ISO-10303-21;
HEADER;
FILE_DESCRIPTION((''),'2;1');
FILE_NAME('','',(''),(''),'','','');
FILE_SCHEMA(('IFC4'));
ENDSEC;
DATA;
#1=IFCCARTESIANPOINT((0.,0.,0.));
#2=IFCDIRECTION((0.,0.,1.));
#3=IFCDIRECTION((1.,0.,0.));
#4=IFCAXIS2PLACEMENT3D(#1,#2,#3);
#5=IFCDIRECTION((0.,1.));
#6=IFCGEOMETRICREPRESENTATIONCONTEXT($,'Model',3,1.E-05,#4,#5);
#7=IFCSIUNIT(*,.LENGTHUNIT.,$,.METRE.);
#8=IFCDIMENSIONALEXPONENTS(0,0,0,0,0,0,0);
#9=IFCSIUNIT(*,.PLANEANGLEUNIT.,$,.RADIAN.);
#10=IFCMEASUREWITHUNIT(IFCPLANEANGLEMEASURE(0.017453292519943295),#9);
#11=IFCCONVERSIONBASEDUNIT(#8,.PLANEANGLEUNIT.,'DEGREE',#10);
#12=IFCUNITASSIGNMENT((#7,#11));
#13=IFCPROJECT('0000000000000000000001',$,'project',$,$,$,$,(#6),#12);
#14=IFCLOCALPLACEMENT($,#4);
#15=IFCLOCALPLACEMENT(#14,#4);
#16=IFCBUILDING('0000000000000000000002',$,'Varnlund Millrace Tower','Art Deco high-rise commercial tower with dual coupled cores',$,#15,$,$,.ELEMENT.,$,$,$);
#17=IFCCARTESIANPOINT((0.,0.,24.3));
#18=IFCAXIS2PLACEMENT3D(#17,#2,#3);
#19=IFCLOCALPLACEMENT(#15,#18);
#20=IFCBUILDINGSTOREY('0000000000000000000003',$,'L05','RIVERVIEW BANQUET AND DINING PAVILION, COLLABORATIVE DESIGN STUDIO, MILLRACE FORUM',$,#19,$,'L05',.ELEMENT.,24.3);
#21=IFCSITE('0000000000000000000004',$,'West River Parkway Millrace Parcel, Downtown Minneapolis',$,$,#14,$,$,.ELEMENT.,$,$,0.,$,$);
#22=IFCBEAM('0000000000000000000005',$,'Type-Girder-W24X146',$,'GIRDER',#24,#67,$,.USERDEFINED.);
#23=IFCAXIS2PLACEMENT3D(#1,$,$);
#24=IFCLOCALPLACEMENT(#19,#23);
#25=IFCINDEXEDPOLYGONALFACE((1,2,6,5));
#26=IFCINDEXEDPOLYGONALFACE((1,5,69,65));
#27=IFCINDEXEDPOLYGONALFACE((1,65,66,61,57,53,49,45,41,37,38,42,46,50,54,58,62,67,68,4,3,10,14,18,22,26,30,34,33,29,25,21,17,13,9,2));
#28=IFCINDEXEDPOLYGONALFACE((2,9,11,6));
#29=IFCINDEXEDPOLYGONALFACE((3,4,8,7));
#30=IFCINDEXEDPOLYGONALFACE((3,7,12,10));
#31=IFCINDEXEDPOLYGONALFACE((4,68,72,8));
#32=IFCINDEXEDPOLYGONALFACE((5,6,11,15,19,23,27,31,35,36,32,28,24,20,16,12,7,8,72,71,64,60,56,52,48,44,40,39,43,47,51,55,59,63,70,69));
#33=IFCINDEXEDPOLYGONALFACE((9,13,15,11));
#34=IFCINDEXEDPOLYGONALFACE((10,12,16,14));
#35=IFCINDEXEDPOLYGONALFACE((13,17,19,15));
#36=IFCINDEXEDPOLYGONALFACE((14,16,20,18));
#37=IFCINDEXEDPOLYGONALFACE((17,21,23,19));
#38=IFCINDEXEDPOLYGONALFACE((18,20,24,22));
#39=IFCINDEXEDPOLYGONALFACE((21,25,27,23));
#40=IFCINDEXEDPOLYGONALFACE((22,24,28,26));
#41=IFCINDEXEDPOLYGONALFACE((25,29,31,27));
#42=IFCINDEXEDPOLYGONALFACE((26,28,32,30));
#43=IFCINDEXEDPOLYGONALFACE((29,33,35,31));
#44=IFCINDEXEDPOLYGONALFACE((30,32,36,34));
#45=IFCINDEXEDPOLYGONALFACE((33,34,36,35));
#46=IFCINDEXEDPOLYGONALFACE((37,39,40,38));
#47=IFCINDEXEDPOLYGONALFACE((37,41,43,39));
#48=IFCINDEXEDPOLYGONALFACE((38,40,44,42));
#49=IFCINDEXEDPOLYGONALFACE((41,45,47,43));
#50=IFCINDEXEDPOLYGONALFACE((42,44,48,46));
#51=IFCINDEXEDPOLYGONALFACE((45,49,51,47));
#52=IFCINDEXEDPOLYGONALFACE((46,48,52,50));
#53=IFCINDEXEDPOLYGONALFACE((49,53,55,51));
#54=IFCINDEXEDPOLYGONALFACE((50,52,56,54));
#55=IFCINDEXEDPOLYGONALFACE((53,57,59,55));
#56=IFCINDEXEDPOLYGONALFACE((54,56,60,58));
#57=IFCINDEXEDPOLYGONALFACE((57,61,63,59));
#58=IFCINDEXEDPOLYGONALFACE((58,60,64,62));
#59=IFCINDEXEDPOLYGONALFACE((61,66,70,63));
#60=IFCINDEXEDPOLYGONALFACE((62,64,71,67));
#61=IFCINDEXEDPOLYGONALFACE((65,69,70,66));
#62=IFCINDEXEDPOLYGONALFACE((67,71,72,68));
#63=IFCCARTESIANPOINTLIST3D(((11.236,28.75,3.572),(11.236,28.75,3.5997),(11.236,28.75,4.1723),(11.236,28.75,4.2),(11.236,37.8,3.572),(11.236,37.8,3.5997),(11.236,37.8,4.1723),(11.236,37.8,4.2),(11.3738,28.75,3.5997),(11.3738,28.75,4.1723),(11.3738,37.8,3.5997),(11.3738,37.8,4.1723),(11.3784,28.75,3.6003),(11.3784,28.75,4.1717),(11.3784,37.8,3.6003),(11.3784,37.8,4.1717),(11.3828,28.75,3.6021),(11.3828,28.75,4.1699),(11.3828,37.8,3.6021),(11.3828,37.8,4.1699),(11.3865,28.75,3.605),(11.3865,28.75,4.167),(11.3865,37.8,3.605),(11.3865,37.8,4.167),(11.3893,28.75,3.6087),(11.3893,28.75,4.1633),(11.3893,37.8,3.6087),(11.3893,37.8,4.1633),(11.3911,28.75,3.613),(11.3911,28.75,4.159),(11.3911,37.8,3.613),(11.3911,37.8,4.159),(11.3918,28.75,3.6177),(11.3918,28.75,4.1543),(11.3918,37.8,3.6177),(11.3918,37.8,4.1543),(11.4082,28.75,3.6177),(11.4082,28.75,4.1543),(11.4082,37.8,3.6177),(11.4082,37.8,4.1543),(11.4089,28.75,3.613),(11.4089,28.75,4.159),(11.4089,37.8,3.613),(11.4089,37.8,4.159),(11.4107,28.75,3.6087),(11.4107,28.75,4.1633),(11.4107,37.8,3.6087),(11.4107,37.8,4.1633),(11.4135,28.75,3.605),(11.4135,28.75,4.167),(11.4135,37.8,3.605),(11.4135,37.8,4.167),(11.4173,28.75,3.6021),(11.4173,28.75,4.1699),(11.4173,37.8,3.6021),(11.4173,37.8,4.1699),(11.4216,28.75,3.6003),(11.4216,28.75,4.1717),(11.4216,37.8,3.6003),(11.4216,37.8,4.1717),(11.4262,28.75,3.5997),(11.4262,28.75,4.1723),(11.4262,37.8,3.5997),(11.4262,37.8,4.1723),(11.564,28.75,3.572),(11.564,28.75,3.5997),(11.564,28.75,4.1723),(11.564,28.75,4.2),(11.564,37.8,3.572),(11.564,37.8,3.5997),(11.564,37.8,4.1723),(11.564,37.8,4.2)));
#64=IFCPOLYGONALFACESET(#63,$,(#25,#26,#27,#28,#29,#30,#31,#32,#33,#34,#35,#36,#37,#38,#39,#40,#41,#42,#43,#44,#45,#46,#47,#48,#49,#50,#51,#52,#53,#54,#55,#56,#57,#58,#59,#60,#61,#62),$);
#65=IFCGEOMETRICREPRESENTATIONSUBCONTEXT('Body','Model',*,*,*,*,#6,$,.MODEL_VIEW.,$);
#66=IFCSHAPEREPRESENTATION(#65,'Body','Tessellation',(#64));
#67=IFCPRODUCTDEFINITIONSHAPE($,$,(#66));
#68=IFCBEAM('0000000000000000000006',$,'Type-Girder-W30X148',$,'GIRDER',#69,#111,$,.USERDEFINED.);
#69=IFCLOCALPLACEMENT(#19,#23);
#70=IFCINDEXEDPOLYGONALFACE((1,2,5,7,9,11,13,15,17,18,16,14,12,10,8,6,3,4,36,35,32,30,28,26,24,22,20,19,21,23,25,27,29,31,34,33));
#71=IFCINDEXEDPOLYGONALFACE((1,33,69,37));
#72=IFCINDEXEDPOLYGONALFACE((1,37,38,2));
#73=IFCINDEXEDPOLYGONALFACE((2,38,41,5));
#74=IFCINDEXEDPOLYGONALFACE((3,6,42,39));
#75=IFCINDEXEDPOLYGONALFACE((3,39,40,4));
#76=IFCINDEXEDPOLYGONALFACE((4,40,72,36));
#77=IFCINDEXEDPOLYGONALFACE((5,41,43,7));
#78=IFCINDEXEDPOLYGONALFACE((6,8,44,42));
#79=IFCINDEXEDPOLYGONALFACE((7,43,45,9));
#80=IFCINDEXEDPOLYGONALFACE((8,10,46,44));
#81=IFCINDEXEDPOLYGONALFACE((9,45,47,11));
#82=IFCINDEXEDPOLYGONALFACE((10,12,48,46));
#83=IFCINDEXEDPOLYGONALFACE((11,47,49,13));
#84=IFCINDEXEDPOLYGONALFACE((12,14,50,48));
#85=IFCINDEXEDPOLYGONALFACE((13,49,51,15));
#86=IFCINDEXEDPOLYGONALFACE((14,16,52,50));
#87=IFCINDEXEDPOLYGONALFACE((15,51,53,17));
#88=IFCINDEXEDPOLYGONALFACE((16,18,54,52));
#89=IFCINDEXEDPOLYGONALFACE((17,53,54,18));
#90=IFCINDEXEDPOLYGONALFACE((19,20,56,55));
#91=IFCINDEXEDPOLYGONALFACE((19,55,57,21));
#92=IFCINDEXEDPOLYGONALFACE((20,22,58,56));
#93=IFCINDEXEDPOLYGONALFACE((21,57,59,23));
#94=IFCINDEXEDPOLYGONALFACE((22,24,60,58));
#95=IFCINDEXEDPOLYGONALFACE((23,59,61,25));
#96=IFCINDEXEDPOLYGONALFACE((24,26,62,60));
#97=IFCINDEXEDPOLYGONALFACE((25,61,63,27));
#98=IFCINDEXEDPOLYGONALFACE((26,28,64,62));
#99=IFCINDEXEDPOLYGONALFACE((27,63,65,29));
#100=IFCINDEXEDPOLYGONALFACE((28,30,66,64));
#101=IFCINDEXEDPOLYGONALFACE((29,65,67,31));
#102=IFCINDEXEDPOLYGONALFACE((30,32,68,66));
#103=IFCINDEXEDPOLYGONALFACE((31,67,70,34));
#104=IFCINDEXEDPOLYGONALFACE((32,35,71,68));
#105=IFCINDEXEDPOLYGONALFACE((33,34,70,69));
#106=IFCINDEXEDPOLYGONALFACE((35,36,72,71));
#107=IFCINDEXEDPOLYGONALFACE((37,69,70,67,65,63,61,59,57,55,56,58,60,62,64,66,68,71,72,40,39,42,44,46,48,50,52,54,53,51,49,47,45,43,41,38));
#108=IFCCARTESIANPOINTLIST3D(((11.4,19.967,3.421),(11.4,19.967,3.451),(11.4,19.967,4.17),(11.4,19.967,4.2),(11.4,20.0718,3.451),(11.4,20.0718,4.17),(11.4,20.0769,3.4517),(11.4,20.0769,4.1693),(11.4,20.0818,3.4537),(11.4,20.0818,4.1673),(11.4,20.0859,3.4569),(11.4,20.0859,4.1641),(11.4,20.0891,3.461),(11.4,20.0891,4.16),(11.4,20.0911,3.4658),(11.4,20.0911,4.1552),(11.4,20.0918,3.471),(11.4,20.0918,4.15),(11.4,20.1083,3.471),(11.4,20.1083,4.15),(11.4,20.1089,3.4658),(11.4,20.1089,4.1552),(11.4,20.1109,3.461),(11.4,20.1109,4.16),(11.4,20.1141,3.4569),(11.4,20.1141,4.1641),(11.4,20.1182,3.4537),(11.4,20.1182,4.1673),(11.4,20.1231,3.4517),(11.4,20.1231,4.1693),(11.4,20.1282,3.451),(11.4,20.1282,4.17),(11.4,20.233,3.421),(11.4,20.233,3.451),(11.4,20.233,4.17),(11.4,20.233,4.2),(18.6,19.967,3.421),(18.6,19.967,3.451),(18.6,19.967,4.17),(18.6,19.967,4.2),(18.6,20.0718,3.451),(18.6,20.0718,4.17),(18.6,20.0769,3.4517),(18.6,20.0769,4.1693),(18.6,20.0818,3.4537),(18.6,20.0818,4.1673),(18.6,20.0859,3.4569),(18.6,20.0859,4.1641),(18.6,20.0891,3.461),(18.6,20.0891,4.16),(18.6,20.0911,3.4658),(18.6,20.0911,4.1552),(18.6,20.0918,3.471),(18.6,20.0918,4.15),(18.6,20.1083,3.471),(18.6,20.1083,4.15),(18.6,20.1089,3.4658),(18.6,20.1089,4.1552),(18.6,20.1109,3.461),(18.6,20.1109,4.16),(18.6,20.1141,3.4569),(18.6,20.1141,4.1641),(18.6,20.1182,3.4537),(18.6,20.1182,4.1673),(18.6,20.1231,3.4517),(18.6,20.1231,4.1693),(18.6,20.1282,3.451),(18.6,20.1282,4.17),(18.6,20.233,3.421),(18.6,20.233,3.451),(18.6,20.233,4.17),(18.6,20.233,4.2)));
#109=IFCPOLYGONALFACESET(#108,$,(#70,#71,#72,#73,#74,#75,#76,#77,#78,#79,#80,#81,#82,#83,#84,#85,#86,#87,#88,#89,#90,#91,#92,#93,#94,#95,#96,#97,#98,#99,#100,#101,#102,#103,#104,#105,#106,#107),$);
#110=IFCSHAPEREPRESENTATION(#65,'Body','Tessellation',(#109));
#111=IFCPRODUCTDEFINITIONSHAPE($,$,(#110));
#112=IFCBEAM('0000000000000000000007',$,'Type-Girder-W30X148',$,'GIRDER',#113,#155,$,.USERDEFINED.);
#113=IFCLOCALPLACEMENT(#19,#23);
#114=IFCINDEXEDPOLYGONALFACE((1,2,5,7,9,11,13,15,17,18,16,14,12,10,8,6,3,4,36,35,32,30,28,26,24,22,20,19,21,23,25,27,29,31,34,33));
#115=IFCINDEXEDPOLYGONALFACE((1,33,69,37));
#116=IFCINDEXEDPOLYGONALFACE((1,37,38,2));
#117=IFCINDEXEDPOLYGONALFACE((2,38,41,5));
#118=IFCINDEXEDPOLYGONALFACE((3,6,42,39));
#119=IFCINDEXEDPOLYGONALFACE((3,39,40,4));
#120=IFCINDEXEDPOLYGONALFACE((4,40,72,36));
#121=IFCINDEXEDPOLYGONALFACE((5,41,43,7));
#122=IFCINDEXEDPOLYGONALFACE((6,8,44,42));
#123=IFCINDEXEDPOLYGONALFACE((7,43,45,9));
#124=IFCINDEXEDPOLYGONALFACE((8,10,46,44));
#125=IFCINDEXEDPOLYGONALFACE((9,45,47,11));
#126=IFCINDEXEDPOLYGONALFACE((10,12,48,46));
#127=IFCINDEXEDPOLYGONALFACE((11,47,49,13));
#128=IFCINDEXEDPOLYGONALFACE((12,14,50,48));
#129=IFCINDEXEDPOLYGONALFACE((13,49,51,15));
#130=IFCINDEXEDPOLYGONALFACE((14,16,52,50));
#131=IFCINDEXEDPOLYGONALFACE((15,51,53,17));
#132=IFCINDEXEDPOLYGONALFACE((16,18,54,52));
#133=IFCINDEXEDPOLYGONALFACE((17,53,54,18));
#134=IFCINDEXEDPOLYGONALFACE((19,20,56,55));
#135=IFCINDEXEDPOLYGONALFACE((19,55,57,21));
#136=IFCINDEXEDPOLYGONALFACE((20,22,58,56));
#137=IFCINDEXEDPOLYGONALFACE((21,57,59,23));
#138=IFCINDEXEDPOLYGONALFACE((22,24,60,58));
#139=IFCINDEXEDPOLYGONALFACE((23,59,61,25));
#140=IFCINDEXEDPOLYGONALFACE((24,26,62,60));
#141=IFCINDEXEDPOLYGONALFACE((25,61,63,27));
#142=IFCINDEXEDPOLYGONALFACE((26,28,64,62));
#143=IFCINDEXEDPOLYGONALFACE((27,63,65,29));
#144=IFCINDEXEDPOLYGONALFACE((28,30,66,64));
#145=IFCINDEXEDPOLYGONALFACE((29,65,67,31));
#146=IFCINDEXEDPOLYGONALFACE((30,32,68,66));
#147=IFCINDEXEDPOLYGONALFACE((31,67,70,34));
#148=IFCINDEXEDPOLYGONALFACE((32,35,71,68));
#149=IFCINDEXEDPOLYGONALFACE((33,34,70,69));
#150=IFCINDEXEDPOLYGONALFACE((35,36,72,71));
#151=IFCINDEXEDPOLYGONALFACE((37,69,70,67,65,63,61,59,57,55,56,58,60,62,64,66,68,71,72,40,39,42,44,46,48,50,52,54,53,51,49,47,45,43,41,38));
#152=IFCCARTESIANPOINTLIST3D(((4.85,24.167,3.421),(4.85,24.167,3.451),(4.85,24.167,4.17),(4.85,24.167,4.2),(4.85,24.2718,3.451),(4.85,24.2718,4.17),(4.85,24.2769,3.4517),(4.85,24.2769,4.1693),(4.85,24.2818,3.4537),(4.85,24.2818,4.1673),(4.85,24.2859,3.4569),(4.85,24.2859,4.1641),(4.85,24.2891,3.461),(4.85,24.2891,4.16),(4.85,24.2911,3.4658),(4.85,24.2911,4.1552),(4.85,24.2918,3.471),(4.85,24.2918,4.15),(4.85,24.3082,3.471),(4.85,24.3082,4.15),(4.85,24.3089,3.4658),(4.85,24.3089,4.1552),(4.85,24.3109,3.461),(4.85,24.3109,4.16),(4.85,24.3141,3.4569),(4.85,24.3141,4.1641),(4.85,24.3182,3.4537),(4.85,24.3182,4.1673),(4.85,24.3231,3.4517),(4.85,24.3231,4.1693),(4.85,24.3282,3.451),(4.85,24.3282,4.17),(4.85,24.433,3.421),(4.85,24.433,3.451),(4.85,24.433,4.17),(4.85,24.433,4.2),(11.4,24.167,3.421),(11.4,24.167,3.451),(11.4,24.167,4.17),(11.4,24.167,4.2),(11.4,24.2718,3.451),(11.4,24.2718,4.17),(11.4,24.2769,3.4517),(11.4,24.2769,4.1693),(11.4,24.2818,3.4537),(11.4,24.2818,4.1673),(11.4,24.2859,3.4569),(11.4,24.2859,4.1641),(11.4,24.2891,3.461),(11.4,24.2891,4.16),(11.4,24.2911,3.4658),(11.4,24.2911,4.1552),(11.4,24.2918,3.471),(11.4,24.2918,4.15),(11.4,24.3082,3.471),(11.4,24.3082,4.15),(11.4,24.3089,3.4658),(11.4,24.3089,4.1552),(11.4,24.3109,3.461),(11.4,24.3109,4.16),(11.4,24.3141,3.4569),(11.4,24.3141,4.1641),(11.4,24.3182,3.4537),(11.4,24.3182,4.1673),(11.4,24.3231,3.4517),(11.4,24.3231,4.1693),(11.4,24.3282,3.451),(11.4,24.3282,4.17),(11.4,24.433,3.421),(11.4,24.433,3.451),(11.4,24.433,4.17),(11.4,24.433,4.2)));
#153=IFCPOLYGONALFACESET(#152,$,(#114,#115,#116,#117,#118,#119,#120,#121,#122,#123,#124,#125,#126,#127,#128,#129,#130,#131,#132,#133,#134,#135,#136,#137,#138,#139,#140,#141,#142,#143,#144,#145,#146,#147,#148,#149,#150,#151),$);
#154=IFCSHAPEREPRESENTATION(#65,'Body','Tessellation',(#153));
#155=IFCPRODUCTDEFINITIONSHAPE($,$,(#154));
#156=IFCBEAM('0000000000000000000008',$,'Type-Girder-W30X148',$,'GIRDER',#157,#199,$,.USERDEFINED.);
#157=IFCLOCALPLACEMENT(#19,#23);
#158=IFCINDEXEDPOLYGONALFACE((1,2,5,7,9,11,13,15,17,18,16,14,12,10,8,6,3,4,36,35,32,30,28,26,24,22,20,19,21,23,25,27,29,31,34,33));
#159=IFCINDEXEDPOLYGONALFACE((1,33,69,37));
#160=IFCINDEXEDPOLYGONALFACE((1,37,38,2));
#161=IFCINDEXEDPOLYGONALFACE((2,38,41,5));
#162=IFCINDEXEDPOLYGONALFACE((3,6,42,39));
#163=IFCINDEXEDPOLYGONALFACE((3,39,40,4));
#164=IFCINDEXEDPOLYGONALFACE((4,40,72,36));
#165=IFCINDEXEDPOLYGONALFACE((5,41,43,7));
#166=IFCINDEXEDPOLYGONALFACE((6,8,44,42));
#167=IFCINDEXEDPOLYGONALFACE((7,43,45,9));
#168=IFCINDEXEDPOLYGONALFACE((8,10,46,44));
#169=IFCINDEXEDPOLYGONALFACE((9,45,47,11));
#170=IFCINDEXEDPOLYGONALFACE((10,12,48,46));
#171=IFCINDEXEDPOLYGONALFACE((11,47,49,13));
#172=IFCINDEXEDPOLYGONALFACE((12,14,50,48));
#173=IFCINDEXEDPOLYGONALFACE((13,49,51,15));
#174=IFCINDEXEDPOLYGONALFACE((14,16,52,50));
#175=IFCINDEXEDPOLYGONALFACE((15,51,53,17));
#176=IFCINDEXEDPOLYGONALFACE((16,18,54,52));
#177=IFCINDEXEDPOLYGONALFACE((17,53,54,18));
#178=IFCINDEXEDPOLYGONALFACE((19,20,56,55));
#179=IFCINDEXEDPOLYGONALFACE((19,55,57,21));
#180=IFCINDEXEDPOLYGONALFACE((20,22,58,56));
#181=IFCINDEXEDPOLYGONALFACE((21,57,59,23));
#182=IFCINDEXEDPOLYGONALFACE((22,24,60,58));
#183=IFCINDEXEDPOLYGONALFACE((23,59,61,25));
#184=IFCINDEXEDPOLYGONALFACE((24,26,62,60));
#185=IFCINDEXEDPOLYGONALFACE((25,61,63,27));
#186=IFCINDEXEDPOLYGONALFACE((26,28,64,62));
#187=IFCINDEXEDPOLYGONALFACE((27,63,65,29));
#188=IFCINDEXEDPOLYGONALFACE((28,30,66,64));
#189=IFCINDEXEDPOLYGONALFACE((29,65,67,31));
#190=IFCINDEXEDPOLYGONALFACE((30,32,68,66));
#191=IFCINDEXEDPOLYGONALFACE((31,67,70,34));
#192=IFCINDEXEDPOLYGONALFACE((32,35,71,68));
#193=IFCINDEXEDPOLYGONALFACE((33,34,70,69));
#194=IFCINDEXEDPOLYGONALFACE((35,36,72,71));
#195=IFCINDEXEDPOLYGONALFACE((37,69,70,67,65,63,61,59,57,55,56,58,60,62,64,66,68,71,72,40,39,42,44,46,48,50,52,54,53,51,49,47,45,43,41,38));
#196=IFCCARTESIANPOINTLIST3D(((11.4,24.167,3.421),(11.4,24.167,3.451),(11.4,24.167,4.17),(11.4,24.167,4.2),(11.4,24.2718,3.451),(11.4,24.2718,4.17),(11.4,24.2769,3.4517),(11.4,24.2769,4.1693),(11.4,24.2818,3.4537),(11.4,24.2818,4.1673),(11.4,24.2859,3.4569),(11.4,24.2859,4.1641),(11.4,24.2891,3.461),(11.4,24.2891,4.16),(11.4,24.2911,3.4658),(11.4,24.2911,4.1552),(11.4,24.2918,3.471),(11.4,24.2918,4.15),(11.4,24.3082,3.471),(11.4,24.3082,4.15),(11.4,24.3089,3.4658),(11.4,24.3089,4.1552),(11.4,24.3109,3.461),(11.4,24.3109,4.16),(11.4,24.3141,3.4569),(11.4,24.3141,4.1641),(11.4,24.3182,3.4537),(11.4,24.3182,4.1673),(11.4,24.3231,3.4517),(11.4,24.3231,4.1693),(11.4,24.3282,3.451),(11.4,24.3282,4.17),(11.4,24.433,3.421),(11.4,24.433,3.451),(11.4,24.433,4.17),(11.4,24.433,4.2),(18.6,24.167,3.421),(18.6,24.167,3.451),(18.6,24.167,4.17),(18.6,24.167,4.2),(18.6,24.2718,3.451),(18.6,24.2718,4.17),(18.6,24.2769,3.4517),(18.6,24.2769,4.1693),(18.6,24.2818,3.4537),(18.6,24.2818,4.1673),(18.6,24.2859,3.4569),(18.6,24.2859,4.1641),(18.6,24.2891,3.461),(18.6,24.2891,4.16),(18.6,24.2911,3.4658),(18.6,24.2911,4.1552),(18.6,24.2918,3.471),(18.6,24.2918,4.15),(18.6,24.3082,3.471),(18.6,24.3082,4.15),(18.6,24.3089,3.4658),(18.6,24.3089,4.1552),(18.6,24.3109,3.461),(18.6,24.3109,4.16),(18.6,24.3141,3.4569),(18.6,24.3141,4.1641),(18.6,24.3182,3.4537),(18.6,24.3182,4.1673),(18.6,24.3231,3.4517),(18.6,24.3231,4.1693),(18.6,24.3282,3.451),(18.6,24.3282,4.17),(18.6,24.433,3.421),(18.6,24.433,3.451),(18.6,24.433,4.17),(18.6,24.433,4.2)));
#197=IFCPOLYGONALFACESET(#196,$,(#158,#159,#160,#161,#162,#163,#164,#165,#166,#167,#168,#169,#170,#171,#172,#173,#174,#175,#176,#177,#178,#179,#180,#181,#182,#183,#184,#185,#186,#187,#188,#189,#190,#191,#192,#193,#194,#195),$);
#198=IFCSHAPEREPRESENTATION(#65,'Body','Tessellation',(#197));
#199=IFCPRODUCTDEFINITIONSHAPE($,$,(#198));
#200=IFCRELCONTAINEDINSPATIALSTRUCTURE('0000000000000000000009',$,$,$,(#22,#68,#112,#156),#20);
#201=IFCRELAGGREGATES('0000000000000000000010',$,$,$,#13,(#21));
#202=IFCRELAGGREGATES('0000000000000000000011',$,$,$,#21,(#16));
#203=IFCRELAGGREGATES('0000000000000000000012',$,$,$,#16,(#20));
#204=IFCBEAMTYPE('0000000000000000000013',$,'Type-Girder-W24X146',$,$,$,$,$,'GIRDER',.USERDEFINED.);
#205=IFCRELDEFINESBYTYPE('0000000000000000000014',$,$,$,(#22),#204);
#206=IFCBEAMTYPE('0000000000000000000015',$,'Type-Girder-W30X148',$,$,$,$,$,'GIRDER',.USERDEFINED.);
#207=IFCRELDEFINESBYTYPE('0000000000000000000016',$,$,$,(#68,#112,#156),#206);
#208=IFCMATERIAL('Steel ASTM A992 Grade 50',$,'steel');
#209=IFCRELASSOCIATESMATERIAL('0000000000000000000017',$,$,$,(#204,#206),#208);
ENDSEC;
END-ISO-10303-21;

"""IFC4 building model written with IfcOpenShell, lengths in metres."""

from ifc_helpers import new_model, entity, si_unit, converted_unit, direction, frame, origin_with_axes, origin_2d_with_axis, place, context, subcontext, project, spatial, i_section, extrude, material, material_profile, profile_set, type_object, element, save


model = new_model("IFC4")

# Units and contexts
model_context = context("Model", 3, precision=1e-05, world=origin_with_axes(), true_north=direction((0.0, 1.0)))
body_context = subcontext(model_context, "Body", "Model", "MODEL_VIEW")
ifc_project = project(units=[si_unit("LENGTHUNIT", "METRE"), converted_unit("PLANEANGLEUNIT", "DEGREE", entity("IfcPlaneAngleMeasure", 0.017453292519943295), si_unit("PLANEANGLEUNIT", "RADIAN"), dimensions=[0, 0, 0, 0, 0, 0, 0])], contexts=[model_context])

# Site, building, storey
site_placement = place(None, origin_with_axes())
site = spatial("IfcSite", under=ifc_project, at=site_placement, Name="West River Parkway Millrace Parcel, Downtown Minneapolis", CompositionType="ELEMENT", RefElevation=0.0)
building_placement = place(site_placement, origin_with_axes())
building = spatial("IfcBuilding", under=site, at=building_placement, Name="Varnlund Millrace Tower", Description="Art Deco high-rise commercial tower with dual coupled cores", CompositionType="ELEMENT")
storey_placement = place(building_placement, frame((0.0, 0.0, 24.3), z_axis=(0.0, 0.0, 1.0), x_axis=(1.0, 0.0, 0.0)))
storey = spatial("IfcBuildingStorey", under=building, at=storey_placement, Name="L05", Description="RIVERVIEW BANQUET AND DINING PAVILION, COLLABORATIVE DESIGN STUDIO, MILLRACE FORUM", LongName="L05", CompositionType="ELEMENT", Elevation=24.3)

# Beams
ifc_material_1 = material(Name="Steel ASTM A992 Grade 50", Category="steel")
ifc_material_profile_1 = material_profile(ifc_material_1, i_section(OverallWidth=0.328, OverallDepth=0.628, WebThickness=0.0165, FlangeThickness=0.0277, FilletRadius=0.018, at=origin_2d_with_axis()), Name="Steel ASTM A992 Grade 50")
ifc_profile_set_1 = profile_set([ifc_material_profile_1], Name="Steel ASTM A992 Grade 50")
beam_type_1 = type_object("IfcBeamType", Name="Type-Girder-W24X146", ElementType="GIRDER", PredefinedType="USERDEFINED", material=ifc_profile_set_1)
beam_1_placement = place(storey_placement, frame((11.4, 28.75, 3.886), z_axis=(0.0, 1.0, 0.0), x_axis=(-1.0, 0.0, 0.0)))
element("IfcBeam", 1, at=beam_1_placement, inside=storey, type_object=beam_type_1, Name="Type-Girder-W24X146", ObjectType="GIRDER", PredefinedType="USERDEFINED", context=body_context, shape_type="SweptSolid", body=[
    extrude(i_section(OverallWidth=0.328, OverallDepth=0.628, WebThickness=0.0165, FlangeThickness=0.0277, FilletRadius=0.018, at=origin_2d_with_axis()), origin_with_axes(), (0.0, 0.0, 1.0), 9.05),
])
ifc_material_profile_2 = material_profile(ifc_material_1, i_section(OverallWidth=0.266, OverallDepth=0.779, WebThickness=0.0165, FlangeThickness=0.03, FilletRadius=0.02, at=origin_2d_with_axis()), Name="Steel ASTM A992 Grade 50")
ifc_profile_set_2 = profile_set([ifc_material_profile_2], Name="Steel ASTM A992 Grade 50")
beam_type_2 = type_object("IfcBeamType", Name="Type-Girder-W30X148", ElementType="GIRDER", PredefinedType="USERDEFINED", material=ifc_profile_set_2)
beam_2_placement = place(storey_placement, frame((11.4, 20.1, 3.8105), z_axis=(1.0, 0.0, 0.0), x_axis=(0.0, 1.0, 0.0)))
element("IfcBeam", 2, at=beam_2_placement, inside=storey, type_object=beam_type_2, Name="Type-Girder-W30X148", ObjectType="GIRDER", PredefinedType="USERDEFINED", context=body_context, shape_type="SweptSolid", body=[
    extrude(i_section(OverallWidth=0.266, OverallDepth=0.779, WebThickness=0.0165, FlangeThickness=0.03, FilletRadius=0.02, at=origin_2d_with_axis()), origin_with_axes(), (0.0, 0.0, 1.0), 7.2),
])
beam_3_placement = place(storey_placement, frame((4.85, 24.3, 3.8105), z_axis=(1.0, 0.0, 0.0), x_axis=(0.0, 1.0, 0.0)))
element("IfcBeam", 3, at=beam_3_placement, inside=storey, type_object=beam_type_2, Name="Type-Girder-W30X148", ObjectType="GIRDER", PredefinedType="USERDEFINED", context=body_context, shape_type="SweptSolid", body=[
    extrude(i_section(OverallWidth=0.266, OverallDepth=0.779, WebThickness=0.0165, FlangeThickness=0.03, FilletRadius=0.02, at=origin_2d_with_axis()), origin_with_axes(), (0.0, 0.0, 1.0), 6.55),
])
beam_4_placement = place(storey_placement, frame((11.4, 24.3, 3.8105), z_axis=(1.0, 0.0, 0.0), x_axis=(0.0, 1.0, 0.0)))
element("IfcBeam", 4, at=beam_4_placement, inside=storey, type_object=beam_type_2, Name="Type-Girder-W30X148", ObjectType="GIRDER", PredefinedType="USERDEFINED", context=body_context, shape_type="SweptSolid", body=[
    extrude(i_section(OverallWidth=0.266, OverallDepth=0.779, WebThickness=0.0165, FlangeThickness=0.03, FilletRadius=0.02, at=origin_2d_with_axis()), origin_with_axes(), (0.0, 0.0, 1.0), 7.2),
])

save(model, "model.ifc")
